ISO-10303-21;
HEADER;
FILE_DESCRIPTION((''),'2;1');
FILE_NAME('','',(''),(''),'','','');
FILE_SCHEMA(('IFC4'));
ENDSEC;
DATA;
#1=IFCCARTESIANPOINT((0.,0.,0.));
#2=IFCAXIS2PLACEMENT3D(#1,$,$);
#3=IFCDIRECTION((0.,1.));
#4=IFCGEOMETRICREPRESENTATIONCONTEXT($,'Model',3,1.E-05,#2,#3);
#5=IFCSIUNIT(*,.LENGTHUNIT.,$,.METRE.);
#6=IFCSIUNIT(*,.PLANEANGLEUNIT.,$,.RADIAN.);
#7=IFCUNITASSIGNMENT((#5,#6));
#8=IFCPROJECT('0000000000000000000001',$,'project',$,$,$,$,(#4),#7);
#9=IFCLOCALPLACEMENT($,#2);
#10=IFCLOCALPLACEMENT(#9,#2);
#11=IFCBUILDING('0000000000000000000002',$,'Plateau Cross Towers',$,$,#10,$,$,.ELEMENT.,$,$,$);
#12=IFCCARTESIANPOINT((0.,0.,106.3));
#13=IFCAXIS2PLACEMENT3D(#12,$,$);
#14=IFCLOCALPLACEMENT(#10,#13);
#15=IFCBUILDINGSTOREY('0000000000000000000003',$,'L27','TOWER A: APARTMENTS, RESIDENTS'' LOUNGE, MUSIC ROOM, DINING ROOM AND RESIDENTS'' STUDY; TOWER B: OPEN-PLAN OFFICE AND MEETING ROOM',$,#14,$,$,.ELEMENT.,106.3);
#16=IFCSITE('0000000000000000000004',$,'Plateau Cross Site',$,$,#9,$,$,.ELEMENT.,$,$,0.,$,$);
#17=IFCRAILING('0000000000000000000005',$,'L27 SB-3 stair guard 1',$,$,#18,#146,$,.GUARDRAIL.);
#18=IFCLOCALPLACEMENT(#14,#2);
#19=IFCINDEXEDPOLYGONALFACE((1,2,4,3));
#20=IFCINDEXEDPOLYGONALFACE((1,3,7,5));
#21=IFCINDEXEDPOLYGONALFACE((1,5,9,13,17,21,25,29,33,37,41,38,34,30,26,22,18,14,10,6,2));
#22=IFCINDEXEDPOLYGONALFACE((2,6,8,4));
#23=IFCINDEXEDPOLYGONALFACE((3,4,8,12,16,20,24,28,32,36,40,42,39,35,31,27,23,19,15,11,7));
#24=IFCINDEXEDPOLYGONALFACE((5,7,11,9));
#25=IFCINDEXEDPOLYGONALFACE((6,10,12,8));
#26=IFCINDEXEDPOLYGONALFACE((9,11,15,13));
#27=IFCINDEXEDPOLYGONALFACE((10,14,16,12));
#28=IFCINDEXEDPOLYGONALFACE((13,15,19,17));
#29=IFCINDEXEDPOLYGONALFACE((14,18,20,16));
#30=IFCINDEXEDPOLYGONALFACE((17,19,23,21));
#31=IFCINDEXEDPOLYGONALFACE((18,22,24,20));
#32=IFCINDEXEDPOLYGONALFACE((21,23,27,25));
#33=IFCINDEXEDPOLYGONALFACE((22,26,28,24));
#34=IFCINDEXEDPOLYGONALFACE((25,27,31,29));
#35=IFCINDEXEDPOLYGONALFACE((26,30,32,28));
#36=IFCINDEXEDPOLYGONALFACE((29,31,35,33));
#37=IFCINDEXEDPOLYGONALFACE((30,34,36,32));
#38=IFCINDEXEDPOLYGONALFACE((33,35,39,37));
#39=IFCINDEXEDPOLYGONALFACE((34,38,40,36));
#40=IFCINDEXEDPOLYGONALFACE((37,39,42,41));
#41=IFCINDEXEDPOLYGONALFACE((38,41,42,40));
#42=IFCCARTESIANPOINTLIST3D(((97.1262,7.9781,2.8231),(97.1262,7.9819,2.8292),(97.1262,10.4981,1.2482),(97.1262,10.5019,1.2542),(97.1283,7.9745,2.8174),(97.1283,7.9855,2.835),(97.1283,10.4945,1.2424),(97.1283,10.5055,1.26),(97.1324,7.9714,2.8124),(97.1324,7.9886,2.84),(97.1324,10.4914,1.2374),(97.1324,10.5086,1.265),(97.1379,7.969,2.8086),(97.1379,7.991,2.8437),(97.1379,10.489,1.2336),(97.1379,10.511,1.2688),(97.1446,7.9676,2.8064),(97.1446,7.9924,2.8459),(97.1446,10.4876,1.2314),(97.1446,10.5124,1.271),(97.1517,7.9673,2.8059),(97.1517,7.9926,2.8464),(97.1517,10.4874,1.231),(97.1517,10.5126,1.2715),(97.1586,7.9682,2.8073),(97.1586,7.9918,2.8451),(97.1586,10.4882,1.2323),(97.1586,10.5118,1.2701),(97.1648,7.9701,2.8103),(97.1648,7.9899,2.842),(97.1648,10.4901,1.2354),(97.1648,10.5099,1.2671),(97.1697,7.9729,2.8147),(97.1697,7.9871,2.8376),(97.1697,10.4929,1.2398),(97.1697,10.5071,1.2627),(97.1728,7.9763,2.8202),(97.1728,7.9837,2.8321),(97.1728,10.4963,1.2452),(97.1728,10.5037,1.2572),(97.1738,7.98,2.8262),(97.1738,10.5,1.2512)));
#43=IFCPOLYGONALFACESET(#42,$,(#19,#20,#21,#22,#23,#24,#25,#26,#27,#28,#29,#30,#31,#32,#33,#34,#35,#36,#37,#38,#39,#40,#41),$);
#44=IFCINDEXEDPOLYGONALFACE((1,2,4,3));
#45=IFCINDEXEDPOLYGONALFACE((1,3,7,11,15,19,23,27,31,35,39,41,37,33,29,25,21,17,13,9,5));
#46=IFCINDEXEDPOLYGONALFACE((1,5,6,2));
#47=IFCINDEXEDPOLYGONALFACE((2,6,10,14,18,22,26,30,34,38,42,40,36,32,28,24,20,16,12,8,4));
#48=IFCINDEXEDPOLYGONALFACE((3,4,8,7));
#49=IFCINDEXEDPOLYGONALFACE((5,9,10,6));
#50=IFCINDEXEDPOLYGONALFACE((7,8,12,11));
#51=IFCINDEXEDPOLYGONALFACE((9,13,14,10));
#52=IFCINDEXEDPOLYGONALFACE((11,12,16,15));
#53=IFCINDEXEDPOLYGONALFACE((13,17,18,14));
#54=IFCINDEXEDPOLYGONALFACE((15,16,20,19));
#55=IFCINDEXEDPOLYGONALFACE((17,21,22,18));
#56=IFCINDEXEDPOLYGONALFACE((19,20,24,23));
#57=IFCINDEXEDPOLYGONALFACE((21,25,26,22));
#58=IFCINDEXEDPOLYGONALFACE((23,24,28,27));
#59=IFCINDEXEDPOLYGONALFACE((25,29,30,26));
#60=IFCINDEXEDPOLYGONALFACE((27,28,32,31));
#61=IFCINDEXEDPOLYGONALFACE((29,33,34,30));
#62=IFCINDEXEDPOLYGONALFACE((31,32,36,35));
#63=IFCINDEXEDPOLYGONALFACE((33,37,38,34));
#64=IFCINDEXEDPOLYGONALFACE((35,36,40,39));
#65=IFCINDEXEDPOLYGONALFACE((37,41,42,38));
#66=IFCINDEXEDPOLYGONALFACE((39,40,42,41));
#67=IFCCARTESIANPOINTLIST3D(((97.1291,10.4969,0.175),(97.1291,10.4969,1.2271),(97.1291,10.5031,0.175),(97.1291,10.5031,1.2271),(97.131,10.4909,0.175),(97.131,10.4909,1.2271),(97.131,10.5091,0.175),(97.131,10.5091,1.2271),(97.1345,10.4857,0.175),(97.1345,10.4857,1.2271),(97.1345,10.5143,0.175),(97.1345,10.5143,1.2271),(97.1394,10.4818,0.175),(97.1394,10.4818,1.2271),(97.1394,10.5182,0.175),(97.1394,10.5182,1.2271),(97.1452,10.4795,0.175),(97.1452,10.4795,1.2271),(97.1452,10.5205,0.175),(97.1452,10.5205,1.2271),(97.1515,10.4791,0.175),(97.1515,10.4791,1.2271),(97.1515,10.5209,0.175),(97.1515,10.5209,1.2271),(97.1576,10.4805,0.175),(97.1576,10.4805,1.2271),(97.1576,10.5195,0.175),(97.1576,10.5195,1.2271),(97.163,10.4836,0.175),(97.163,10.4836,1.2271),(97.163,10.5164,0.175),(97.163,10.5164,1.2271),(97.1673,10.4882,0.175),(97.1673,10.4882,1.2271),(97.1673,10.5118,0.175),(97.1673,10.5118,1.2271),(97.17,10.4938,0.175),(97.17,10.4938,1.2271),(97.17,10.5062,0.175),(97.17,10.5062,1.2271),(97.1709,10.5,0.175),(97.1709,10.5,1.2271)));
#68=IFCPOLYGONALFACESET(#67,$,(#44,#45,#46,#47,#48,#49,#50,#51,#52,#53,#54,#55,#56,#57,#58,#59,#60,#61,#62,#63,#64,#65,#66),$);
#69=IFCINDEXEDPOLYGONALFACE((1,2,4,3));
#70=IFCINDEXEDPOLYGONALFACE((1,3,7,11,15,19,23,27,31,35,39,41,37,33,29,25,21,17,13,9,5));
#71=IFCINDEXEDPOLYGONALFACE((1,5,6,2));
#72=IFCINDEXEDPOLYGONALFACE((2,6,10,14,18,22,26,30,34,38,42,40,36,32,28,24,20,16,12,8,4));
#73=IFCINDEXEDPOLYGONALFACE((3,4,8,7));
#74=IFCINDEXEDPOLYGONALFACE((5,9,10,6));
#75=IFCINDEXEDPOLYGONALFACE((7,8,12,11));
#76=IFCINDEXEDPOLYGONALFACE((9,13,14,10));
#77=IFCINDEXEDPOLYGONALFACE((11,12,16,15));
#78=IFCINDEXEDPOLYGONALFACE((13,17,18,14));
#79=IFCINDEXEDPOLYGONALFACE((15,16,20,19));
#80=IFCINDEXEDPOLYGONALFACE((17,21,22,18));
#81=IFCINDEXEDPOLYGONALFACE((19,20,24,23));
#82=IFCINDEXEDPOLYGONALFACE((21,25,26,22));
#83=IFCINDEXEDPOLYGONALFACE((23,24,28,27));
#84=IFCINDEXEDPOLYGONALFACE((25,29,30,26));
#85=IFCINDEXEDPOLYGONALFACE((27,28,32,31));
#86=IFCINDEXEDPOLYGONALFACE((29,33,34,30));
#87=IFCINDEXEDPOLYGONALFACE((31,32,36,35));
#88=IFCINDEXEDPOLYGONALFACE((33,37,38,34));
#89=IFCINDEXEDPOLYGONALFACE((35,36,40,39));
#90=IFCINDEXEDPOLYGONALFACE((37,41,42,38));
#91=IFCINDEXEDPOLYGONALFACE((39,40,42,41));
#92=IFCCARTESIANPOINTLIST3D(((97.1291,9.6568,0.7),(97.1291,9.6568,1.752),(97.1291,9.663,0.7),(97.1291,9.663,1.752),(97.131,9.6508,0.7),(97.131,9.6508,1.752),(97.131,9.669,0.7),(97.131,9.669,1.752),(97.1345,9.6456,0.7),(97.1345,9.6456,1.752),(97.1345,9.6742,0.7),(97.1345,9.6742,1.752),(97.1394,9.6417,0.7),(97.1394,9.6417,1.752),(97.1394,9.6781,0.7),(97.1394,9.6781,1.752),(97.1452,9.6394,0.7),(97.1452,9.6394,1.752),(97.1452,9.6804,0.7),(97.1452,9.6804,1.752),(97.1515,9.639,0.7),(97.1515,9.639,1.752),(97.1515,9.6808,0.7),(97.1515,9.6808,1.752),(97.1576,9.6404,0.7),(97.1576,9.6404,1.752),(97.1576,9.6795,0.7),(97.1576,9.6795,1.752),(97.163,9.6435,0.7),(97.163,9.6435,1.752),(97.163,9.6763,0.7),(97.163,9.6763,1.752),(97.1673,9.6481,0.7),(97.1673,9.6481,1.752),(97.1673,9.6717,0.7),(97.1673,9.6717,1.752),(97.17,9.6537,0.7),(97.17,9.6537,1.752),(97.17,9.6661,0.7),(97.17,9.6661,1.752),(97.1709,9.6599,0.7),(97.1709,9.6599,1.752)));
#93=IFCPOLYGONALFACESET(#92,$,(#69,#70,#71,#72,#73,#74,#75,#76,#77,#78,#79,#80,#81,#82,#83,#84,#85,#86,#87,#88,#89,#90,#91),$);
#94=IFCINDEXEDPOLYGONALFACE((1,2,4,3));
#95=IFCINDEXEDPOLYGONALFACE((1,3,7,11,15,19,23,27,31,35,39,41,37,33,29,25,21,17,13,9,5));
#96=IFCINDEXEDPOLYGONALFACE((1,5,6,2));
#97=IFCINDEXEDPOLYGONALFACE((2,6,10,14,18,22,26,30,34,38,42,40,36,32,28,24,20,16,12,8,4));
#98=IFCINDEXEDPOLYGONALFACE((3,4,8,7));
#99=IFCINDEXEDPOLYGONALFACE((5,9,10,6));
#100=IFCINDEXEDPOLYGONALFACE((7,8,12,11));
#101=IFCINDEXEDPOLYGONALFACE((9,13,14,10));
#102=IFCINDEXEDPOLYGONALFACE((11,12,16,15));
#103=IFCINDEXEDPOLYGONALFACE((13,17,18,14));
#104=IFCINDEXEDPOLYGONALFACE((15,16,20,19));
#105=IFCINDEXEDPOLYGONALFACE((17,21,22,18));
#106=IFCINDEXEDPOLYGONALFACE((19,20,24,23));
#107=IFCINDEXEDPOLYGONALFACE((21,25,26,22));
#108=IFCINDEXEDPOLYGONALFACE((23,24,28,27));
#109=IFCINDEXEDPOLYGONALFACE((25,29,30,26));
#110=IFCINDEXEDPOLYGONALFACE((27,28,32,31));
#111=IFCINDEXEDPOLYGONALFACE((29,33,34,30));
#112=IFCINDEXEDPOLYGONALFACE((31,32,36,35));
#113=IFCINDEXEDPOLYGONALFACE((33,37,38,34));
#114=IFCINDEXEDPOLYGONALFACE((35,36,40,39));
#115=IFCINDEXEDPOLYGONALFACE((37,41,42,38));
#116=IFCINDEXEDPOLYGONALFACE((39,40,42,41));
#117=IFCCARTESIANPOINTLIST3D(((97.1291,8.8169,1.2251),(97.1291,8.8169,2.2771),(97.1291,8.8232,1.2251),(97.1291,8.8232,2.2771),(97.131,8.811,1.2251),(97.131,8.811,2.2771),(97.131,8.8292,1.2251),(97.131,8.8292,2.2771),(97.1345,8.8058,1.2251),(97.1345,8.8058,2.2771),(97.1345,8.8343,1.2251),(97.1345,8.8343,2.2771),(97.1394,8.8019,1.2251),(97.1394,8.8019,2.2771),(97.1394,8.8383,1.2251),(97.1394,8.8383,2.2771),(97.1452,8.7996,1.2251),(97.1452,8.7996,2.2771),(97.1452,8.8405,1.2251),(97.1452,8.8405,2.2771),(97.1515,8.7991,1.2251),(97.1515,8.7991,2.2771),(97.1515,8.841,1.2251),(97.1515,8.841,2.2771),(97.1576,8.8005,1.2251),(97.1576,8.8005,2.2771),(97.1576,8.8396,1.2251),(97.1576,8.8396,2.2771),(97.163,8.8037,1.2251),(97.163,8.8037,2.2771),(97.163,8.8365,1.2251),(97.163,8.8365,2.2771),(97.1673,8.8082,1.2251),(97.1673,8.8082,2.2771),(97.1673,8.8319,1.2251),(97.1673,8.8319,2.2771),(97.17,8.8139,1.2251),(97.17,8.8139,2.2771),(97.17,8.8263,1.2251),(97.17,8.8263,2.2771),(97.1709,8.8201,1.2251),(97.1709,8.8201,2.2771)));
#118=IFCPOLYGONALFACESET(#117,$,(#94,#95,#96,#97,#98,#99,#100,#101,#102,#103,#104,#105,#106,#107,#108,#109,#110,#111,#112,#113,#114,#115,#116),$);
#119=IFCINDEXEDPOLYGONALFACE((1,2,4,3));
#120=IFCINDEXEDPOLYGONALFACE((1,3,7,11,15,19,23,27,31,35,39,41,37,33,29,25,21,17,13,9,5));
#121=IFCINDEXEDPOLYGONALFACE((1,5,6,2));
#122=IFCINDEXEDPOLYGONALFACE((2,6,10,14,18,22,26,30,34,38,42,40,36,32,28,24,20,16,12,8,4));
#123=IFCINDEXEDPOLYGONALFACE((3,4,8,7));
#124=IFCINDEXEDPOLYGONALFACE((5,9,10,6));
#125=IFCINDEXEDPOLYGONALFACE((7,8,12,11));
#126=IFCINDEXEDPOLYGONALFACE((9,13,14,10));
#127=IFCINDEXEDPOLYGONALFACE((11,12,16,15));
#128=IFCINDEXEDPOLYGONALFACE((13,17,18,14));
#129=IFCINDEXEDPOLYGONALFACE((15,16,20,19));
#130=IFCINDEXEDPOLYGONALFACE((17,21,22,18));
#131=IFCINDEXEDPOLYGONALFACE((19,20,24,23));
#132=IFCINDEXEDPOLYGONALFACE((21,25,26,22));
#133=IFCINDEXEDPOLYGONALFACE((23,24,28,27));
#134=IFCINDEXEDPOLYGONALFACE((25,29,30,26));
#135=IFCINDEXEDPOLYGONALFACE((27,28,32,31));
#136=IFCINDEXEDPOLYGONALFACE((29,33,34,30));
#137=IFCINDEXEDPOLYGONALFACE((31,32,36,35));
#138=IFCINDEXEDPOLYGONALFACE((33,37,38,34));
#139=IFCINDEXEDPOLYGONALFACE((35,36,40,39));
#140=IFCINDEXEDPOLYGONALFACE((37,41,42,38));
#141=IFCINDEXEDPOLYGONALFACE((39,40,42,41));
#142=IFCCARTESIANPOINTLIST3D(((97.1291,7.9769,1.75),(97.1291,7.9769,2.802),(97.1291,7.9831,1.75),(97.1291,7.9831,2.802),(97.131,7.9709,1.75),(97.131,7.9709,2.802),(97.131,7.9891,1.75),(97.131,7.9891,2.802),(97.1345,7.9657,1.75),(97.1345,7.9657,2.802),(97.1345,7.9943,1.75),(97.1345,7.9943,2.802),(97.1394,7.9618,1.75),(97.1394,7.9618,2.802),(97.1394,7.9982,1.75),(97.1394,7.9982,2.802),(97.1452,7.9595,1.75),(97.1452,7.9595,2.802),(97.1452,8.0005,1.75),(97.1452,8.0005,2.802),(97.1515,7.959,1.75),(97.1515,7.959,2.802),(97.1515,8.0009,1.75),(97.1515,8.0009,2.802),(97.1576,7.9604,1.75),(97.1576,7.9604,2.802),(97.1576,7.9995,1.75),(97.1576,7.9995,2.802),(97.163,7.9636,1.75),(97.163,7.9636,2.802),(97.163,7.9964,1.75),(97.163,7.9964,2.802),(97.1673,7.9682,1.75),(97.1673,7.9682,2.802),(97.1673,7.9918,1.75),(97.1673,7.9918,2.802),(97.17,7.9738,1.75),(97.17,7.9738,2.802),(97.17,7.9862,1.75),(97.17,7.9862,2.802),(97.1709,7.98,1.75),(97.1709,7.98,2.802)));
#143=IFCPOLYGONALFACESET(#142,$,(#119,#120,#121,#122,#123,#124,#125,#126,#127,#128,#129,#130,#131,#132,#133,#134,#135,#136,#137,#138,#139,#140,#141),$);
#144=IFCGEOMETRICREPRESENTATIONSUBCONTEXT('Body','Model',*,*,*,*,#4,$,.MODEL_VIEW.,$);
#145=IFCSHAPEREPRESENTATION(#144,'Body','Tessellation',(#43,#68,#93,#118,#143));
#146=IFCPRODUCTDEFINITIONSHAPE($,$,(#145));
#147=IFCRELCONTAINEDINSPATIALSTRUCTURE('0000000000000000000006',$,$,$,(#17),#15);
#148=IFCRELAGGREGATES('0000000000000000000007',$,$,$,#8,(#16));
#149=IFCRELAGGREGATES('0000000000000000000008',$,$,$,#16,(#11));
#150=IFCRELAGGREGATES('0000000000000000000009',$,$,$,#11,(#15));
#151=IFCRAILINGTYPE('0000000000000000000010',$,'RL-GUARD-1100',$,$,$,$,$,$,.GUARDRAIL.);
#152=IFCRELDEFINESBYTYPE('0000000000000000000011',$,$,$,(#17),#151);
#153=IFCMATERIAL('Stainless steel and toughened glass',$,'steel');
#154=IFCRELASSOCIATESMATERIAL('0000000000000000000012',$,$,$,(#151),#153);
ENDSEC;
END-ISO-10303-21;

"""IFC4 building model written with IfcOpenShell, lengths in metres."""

from ifc_helpers import new_model, si_unit, direction, frame, origin, origin_2d, place, context, subcontext, project, spatial, circle, extrude, material, type_object, element, save


model = new_model("IFC4")

# Units and contexts
model_context = context("Model", 3, precision=1e-05, world=origin(), true_north=direction((0.0, 1.0)))
body_context = subcontext(model_context, "Body", "Model", "MODEL_VIEW")
ifc_project = project(units=[si_unit("LENGTHUNIT", "METRE"), si_unit("PLANEANGLEUNIT", "RADIAN")], contexts=[model_context])

# Site, building, storey
site_placement = place(None, origin())
site = spatial("IfcSite", under=ifc_project, at=site_placement, Name="Plateau Cross Site", CompositionType="ELEMENT", RefElevation=0.0)
building_placement = place(site_placement, origin())
building = spatial("IfcBuilding", under=site, at=building_placement, Name="Plateau Cross Towers", CompositionType="ELEMENT")
storey_placement = place(building_placement, frame((0.0, 0.0, 106.3)))
storey = spatial("IfcBuildingStorey", under=building, at=storey_placement, Name="L27", Description="TOWER A: APARTMENTS, RESIDENTS' LOUNGE, MUSIC ROOM, DINING ROOM AND RESIDENTS' STUDY; TOWER B: OPEN-PLAN OFFICE AND MEETING ROOM", CompositionType="ELEMENT", Elevation=106.3)

# Railing
ifc_material_1 = material(Name="Stainless steel and toughened glass", Category="steel")
railing_type_1 = type_object("IfcRailingType", Name="RL-GUARD-1100", PredefinedType="GUARDRAIL", material=ifc_material_1)
railing_1_placement = place(storey_placement, frame((97.1499, 10.5, 0.175)))
element("IfcRailing", 1, at=railing_1_placement, inside=storey, type_object=railing_type_1, Name="L27 SB-3 stair guard 1", PredefinedType="GUARDRAIL", context=body_context, shape_type="SweptSolid", body=[
    extrude(circle(Radius=0.0239, at=origin_2d()), frame((0.0, 0.0, 1.0762), z_axis=(0.0, -0.848008, 0.529984), x_axis=(1.0, 0.0, 0.0)), (0.0, 0.0, 1.0), 2.9717),
    extrude(circle(Radius=0.021, at=origin_2d()), origin(), (0.0, 0.0, 1.0), 1.052),
    extrude(circle(Radius=0.021, at=origin_2d()), frame((0.0, -0.8401, 0.5249)), (0.0, 0.0, 1.0), 1.052),
    extrude(circle(Radius=0.021, at=origin_2d()), frame((0.0, -1.6799, 1.05)), (0.0, 0.0, 1.0), 1.052),
    extrude(circle(Radius=0.021, at=origin_2d()), frame((0.0, -2.52, 1.575)), (0.0, 0.0, 1.0), 1.052),
])

save(model, "model.ifc")
